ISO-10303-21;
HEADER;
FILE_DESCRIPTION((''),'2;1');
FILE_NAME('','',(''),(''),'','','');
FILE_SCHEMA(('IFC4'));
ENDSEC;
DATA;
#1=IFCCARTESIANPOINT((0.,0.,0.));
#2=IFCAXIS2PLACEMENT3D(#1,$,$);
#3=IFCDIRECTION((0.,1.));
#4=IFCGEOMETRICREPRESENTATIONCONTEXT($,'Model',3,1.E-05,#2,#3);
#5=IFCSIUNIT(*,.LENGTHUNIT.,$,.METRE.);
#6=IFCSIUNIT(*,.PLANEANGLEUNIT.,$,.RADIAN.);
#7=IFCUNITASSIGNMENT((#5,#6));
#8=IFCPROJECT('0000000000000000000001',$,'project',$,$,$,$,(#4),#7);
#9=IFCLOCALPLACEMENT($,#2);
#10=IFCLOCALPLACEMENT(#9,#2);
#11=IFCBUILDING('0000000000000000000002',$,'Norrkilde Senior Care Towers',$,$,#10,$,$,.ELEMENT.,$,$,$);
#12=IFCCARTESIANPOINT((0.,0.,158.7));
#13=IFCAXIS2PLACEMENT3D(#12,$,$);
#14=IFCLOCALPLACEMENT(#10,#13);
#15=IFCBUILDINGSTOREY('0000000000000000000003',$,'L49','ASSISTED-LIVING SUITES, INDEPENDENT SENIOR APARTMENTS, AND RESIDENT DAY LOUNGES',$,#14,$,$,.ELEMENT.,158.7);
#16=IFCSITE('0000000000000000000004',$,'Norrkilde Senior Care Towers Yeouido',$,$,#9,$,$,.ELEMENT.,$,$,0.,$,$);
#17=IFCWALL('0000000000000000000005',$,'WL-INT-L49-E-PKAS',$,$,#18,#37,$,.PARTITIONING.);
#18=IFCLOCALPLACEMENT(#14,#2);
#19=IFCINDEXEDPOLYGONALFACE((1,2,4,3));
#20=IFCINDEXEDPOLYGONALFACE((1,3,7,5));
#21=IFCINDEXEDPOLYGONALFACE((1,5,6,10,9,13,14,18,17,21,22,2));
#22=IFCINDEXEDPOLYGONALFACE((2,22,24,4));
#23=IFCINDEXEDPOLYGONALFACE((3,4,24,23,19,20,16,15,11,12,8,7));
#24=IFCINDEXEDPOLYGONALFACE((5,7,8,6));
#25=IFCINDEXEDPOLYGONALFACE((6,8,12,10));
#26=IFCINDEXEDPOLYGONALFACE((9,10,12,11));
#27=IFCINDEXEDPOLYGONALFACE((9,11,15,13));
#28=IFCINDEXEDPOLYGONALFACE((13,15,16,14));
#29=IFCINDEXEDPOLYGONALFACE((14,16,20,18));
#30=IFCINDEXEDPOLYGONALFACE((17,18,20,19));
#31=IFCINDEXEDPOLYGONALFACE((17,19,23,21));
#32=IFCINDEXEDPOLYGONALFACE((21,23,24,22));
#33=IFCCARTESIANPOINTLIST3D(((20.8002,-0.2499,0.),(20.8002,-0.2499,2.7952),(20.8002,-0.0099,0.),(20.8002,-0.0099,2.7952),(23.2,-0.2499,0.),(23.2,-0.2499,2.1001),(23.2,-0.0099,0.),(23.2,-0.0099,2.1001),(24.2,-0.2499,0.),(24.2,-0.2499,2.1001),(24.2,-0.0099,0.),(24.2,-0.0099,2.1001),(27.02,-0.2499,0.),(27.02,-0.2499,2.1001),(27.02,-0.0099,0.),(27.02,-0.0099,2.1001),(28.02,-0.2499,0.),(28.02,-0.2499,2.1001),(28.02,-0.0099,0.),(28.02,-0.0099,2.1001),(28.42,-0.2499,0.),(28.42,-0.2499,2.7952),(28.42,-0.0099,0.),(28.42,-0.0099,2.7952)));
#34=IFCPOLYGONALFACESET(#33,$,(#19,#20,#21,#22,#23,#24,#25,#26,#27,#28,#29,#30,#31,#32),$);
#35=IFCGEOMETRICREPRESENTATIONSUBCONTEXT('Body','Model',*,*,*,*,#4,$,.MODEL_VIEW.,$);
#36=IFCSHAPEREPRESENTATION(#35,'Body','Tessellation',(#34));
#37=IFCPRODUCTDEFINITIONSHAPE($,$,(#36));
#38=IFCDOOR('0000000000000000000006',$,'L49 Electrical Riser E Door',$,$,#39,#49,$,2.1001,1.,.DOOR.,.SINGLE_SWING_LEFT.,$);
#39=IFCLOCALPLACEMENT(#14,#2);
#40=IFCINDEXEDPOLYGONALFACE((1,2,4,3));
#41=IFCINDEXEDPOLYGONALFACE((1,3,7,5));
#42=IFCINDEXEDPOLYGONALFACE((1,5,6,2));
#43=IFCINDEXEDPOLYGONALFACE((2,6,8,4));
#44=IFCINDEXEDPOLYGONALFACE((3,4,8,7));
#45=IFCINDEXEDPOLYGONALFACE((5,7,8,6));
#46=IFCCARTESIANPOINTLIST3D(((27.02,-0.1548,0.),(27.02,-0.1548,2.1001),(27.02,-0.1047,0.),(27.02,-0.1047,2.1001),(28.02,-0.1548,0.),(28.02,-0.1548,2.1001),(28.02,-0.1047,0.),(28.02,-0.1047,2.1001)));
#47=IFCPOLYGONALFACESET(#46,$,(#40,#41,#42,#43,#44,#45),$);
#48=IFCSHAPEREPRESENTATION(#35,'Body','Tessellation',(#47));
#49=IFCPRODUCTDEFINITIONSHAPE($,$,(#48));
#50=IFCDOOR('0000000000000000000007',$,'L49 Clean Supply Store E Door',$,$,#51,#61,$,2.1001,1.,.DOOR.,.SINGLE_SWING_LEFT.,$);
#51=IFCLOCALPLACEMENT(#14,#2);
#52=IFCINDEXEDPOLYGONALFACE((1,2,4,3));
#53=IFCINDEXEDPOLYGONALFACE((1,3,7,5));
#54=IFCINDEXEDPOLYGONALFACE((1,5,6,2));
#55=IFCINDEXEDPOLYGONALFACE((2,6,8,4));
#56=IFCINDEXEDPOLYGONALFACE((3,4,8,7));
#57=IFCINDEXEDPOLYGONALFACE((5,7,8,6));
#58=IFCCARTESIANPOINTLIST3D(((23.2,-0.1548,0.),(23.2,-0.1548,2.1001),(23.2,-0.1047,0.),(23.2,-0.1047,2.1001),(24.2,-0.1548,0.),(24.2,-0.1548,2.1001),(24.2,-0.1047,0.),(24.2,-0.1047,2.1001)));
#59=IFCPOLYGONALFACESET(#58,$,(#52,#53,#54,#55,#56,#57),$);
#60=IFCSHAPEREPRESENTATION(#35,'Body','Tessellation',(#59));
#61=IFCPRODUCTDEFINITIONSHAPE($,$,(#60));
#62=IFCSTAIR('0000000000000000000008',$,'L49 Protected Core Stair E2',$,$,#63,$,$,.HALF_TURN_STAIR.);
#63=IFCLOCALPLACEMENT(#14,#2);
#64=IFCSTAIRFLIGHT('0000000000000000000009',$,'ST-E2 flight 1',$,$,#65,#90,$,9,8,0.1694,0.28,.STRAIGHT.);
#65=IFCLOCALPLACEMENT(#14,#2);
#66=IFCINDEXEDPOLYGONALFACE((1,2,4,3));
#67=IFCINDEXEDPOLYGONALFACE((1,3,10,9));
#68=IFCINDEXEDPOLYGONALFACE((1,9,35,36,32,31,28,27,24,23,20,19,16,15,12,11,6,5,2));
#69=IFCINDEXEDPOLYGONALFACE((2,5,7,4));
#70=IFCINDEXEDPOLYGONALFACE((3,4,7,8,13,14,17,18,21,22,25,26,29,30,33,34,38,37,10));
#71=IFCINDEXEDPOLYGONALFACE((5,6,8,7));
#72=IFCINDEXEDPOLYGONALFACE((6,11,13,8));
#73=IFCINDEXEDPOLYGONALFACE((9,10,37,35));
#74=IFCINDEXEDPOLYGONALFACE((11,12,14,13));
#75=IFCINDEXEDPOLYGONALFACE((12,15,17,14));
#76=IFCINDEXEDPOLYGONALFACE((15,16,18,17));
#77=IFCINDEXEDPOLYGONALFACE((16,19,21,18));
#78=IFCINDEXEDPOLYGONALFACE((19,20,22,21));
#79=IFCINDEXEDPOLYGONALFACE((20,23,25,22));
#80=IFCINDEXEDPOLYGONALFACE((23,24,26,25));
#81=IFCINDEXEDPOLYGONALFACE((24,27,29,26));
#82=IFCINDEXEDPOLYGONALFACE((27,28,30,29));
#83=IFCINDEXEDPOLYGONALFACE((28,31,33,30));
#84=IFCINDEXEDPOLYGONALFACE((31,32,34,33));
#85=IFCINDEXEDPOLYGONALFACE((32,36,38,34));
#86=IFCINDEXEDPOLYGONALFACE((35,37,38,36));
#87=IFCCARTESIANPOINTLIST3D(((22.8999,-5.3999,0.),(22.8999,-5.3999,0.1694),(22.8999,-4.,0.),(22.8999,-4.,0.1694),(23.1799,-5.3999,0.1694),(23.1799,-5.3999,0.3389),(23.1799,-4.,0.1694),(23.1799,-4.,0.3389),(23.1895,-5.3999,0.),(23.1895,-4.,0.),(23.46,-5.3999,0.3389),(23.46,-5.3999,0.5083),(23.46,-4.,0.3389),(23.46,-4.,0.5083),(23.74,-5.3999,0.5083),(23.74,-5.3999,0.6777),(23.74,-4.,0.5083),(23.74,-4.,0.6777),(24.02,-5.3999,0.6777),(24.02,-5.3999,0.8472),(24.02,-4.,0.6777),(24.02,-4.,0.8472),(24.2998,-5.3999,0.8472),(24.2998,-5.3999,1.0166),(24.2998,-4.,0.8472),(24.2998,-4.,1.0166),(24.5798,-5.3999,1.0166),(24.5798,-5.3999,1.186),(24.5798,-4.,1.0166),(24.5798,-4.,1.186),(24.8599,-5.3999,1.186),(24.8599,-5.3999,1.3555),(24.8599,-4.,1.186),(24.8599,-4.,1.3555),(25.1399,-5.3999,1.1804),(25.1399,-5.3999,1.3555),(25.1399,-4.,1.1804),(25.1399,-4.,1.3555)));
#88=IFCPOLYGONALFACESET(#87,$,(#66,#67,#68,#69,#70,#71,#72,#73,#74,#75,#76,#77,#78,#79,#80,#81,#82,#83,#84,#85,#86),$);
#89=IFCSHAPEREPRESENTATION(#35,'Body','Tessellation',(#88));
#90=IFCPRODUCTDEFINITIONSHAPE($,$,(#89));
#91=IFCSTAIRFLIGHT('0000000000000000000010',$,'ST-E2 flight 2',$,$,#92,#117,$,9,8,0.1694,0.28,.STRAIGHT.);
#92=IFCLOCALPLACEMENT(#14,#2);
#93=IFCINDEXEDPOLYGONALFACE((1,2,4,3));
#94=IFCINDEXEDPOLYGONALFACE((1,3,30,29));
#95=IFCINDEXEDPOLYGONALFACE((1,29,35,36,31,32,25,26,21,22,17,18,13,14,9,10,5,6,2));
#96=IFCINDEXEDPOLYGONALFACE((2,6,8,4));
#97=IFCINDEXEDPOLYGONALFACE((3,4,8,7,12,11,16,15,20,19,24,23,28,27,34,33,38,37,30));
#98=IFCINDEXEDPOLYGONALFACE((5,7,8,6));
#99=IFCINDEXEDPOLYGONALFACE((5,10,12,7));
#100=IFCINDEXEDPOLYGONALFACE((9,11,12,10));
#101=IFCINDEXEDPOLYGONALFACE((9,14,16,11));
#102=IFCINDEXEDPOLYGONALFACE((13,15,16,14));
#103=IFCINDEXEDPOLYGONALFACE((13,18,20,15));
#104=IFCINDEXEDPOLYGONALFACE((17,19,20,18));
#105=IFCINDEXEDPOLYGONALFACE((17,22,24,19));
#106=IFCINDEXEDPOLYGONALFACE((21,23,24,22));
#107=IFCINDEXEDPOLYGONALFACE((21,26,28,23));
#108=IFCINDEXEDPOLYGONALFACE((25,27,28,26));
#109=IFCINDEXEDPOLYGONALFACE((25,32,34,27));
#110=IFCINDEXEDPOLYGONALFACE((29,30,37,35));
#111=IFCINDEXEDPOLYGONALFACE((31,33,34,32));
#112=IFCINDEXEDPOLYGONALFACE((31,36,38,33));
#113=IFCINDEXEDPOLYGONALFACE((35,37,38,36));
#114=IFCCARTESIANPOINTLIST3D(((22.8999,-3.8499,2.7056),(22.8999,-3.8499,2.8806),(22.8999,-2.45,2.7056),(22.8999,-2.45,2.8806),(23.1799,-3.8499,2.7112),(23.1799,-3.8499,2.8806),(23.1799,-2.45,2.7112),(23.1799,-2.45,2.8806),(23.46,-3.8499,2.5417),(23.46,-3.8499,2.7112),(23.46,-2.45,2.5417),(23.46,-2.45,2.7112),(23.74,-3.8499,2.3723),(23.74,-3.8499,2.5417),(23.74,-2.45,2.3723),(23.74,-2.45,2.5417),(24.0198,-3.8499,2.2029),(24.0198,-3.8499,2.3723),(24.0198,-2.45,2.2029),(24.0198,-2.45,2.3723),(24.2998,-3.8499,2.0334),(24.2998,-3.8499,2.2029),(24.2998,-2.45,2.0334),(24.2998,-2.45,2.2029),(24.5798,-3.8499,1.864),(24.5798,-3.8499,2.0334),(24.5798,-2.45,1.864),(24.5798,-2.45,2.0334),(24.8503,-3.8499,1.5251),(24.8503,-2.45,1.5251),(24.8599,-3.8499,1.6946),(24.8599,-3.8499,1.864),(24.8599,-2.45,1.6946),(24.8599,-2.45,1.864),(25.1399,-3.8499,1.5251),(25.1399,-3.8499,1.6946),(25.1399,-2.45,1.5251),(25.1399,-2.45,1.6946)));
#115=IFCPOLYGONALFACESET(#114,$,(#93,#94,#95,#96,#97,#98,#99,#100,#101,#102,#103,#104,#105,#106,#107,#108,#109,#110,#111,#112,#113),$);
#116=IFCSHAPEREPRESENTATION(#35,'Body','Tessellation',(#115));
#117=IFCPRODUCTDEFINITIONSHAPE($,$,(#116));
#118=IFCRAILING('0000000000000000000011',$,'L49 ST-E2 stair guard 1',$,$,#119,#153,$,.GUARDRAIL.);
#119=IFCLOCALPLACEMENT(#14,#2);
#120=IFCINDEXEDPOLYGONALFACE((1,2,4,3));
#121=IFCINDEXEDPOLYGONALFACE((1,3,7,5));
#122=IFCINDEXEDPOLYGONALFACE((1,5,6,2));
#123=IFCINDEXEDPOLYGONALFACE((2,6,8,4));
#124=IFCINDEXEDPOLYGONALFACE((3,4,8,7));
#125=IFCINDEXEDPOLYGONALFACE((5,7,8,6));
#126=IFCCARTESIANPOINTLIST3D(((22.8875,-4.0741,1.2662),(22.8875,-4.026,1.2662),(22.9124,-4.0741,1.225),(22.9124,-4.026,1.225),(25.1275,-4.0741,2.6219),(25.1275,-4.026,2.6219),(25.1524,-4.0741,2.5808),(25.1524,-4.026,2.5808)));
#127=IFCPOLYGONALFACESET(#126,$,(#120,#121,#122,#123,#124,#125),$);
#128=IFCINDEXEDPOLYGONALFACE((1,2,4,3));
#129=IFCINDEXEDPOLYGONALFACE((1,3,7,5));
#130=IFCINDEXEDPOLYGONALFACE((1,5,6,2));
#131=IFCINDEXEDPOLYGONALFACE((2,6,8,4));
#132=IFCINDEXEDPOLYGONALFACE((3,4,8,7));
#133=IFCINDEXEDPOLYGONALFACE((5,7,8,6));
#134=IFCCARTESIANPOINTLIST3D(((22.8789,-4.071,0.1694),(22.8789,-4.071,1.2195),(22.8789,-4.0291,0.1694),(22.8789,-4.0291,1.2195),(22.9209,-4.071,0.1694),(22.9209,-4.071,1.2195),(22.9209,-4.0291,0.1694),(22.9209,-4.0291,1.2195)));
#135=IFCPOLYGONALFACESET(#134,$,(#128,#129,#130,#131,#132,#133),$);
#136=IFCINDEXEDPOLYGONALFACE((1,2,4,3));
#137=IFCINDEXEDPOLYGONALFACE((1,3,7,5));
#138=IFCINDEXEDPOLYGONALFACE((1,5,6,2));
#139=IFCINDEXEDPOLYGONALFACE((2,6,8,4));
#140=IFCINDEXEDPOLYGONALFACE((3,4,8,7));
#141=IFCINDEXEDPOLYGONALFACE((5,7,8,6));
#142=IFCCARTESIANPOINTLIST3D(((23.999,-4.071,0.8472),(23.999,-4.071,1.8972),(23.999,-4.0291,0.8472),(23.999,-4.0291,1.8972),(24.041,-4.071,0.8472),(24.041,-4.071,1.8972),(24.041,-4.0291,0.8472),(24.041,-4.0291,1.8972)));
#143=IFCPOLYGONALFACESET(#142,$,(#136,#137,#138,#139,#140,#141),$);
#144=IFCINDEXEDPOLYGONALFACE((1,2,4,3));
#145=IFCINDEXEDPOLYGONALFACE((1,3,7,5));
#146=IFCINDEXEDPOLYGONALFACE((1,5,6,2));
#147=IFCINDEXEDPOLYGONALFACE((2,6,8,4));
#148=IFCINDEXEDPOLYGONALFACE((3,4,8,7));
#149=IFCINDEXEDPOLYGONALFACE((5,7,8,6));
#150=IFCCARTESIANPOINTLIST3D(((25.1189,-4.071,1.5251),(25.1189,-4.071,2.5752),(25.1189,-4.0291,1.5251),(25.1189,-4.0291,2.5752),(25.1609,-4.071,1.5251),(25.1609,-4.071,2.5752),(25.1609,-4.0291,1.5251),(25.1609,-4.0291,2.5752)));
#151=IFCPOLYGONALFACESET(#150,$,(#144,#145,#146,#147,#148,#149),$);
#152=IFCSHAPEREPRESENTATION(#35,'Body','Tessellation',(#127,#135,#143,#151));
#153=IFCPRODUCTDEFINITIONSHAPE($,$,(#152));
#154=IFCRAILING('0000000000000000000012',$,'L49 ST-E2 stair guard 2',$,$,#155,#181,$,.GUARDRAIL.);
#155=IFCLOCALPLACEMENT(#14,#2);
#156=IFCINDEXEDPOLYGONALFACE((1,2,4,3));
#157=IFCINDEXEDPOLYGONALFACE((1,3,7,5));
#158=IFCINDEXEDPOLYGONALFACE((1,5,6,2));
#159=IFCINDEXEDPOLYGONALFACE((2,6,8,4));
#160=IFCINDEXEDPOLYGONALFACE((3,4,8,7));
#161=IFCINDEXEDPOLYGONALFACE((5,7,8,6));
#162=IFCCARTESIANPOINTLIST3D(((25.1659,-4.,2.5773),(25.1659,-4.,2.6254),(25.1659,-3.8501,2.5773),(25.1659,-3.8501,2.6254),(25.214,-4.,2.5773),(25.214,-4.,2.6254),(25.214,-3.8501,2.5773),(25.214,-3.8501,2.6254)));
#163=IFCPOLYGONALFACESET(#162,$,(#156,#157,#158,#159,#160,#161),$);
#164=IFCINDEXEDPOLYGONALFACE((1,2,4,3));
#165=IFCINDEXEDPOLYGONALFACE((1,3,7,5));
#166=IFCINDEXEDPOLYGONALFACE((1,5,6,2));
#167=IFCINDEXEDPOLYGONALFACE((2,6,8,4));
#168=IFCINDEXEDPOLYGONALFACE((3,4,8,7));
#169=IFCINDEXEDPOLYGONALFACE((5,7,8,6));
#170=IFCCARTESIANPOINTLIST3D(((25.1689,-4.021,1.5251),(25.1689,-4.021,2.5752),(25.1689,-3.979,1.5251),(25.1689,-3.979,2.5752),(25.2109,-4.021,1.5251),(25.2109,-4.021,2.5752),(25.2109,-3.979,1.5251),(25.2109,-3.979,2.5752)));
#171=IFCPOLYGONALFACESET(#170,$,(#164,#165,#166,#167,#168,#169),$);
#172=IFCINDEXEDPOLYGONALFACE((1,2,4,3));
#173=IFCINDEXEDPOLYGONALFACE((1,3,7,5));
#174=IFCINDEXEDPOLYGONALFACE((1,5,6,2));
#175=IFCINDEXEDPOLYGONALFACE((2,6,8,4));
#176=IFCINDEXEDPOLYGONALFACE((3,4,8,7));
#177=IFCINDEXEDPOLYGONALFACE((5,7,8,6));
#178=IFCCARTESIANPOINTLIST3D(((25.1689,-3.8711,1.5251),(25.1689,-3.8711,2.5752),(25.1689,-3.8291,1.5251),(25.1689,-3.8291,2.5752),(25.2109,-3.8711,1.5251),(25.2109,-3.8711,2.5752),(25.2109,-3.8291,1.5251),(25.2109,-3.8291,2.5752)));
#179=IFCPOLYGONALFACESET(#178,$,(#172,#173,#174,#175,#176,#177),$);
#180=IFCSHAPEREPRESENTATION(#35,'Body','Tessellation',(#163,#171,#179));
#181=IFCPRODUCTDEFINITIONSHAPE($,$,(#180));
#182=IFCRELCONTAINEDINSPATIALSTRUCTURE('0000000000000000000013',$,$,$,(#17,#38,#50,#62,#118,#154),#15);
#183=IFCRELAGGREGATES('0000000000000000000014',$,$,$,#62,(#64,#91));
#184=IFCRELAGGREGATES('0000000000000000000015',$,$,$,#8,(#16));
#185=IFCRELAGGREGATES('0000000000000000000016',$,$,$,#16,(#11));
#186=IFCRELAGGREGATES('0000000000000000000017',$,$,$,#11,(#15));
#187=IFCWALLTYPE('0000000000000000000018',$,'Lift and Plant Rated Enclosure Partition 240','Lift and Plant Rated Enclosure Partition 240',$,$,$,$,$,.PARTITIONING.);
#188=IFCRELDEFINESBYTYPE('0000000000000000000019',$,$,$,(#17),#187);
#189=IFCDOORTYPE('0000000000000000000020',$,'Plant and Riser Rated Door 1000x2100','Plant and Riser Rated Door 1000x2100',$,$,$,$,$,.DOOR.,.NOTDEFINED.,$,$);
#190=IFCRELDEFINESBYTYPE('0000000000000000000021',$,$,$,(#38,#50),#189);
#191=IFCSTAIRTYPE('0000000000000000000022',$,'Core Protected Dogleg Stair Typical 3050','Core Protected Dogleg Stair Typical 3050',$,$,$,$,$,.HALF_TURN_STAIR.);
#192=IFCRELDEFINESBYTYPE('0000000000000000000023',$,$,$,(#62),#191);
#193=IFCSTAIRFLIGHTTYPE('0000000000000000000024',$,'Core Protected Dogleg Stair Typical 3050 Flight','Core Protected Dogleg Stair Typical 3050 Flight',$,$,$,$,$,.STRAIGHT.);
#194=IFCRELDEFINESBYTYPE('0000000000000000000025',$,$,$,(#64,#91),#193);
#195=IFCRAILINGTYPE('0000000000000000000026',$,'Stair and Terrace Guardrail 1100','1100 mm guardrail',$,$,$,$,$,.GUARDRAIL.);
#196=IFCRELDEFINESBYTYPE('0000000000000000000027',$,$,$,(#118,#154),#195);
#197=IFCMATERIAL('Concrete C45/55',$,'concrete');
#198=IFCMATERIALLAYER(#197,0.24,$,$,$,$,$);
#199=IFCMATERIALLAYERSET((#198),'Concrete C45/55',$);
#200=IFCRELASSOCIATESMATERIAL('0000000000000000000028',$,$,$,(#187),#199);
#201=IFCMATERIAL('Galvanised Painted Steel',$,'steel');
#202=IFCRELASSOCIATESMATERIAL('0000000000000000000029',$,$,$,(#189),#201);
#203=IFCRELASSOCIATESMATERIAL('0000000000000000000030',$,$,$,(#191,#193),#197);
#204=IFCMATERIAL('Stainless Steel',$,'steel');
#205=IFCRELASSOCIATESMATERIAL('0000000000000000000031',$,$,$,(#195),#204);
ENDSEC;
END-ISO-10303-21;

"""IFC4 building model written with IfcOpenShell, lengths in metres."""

from ifc_helpers import new_model, si_unit, direction, frame, frame_2d, origin, origin_2d, place, context, subcontext, project, spatial, polyline, rectangle, outline, extrude, source, transform, mapped, material, layer, layer_set, type_object, type_shapes, element, fill, aggregate, save


model = new_model("IFC4")

# Units and contexts
model_context = context("Model", 3, precision=1e-05, world=origin(), true_north=direction((0.0, 1.0)))
body_context = subcontext(model_context, "Body", "Model", "MODEL_VIEW")
ifc_project = project(units=[si_unit("LENGTHUNIT", "METRE"), si_unit("PLANEANGLEUNIT", "RADIAN")], contexts=[model_context])

# Site, building, storey
site_placement = place(None, origin())
site = spatial("IfcSite", under=ifc_project, at=site_placement, Name="Norrkilde Senior Care Towers Yeouido", CompositionType="ELEMENT", RefElevation=0.0)
building_placement = place(site_placement, origin())
building = spatial("IfcBuilding", under=site, at=building_placement, Name="Norrkilde Senior Care Towers", CompositionType="ELEMENT")
storey_placement = place(building_placement, frame((0.0, 0.0, 158.7)))
storey = spatial("IfcBuildingStorey", under=building, at=storey_placement, Name="L49", Description="ASSISTED-LIVING SUITES, INDEPENDENT SENIOR APARTMENTS, AND RESIDENT DAY LOUNGES", CompositionType="ELEMENT", Elevation=158.7)

# Shared definitions
ifc_material_1 = material(Name="Galvanised Painted Steel", Category="steel")
ifc_material_2 = material(Name="Concrete C45/55", Category="concrete")

# Wall, openings, doors
ifc_layer_1 = layer(ifc_material_2, 0.24)
ifc_layer_set_1 = layer_set([ifc_layer_1], Name="Concrete C45/55")
wall_type_1 = type_object("IfcWallType", Name="Lift and Plant Rated Enclosure Partition 240", Description="Lift and Plant Rated Enclosure Partition 240", PredefinedType="PARTITIONING", material=ifc_layer_set_1)
shared_shape_1 = source(origin(), body_context, "Body", "SweptSolid", [
    extrude(rectangle(XDim=7.6199, YDim=0.24, at=frame_2d((3.8101, 0.0))), origin(), (0.0, 0.0, 1.0), 2.7952),
])
type_shapes(wall_type_1, [shared_shape_1])
wall_1_placement = place(storey_placement, frame((20.8, -0.1299, 0.0), z_axis=(0.0, 0.0, 1.0), x_axis=(1.0, 0.0, 0.0)))
wall_1 = element("IfcWall", 1, at=wall_1_placement, inside=storey, type_object=wall_type_1, Name="WL-INT-L49-E-PKAS", PredefinedType="PARTITIONING", context=body_context, shape_type="MappedRepresentation", body=[
    mapped(shared_shape_1, transform((0.0, 0.0, 0.0), x_axis=(1.0, 0.0, 0.0), y_axis=(0.0, 1.0, 0.0), z_axis=(0.0, 0.0, 1.0), scale=1.0)),
])
opening_1_placement = place(wall_1_placement, frame((6.22, 0.0, 0.0)))
opening_1 = element("IfcOpeningElement", 2, at=opening_1_placement, cuts=wall_1, PredefinedType="OPENING", context=body_context, shape_type="SweptSolid", body=[
    extrude(rectangle(XDim=1.0, YDim=2.1001, at=frame_2d((0.5, 1.05))), frame((0.0, 0.1299, 0.0), z_axis=(0.0, -1.0, 0.0), x_axis=(1.0, 0.0, 0.0)), (0.0, 0.0, 1.0), 0.26),
])
opening_2_placement = place(wall_1_placement, frame((2.3999, 0.0, 0.0)))
opening_2 = element("IfcOpeningElement", 3, at=opening_2_placement, cuts=wall_1, PredefinedType="OPENING", context=body_context, shape_type="SweptSolid", body=[
    extrude(rectangle(XDim=1.0, YDim=2.1001, at=frame_2d((0.5, 1.05))), frame((0.0, 0.1299, 0.0), z_axis=(0.0, -1.0, 0.0), x_axis=(1.0, 0.0, 0.0)), (0.0, 0.0, 1.0), 0.26),
])
door_type_1 = type_object("IfcDoorType", Name="Plant and Riser Rated Door 1000x2100", Description="Plant and Riser Rated Door 1000x2100", OperationType="NOTDEFINED", PredefinedType="DOOR", material=ifc_material_1)
shared_shape_2 = source(origin(), body_context, "Body", "SweptSolid", [
    extrude(rectangle(XDim=1.0, YDim=2.1001, at=frame_2d((0.5, 1.05))), frame((0.0, 0.0249, 0.0), z_axis=(0.0, -1.0, 0.0), x_axis=(1.0, 0.0, 0.0)), (0.0, 0.0, 1.0), 0.05),
])
type_shapes(door_type_1, [shared_shape_2])
door_1_placement = place(opening_1_placement, frame((1.0, 0.0, 0.0), z_axis=(0.0, 0.0, 1.0), x_axis=(-1.0, 0.0, 0.0)))
door_1 = element("IfcDoor", 4, at=door_1_placement, inside=storey, type_object=door_type_1, Name="L49 Electrical Riser E Door", OperationType="SINGLE_SWING_LEFT", OverallHeight=2.1001, OverallWidth=1.0, PredefinedType="DOOR", context=body_context, shape_type="MappedRepresentation", body=[
    mapped(shared_shape_2, transform((0.0, 0.0, 0.0), x_axis=(1.0, 0.0, 0.0), y_axis=(0.0, 1.0, 0.0), z_axis=(0.0, 0.0, 1.0), scale=1.0)),
])
fill(opening_1, door_1)
door_2_placement = place(opening_2_placement, frame((1.0, 0.0, 0.0), z_axis=(0.0, 0.0, 1.0), x_axis=(-1.0, 0.0, 0.0)))
door_2 = element("IfcDoor", 5, at=door_2_placement, inside=storey, type_object=door_type_1, Name="L49 Clean Supply Store E Door", OperationType="SINGLE_SWING_LEFT", OverallHeight=2.1001, OverallWidth=1.0, PredefinedType="DOOR", context=body_context, shape_type="MappedRepresentation", body=[
    mapped(shared_shape_2, transform((0.0, 0.0, 0.0), x_axis=(1.0, 0.0, 0.0), y_axis=(0.0, 1.0, 0.0), z_axis=(0.0, 0.0, 1.0), scale=1.0)),
])
fill(opening_2, door_2)

# Stair, stair flights
stair_type = type_object("IfcStairType", Name="Core Protected Dogleg Stair Typical 3050", Description="Core Protected Dogleg Stair Typical 3050", PredefinedType="HALF_TURN_STAIR", material=ifc_material_2)
stair_placement = place(storey_placement, origin())
stair = element("IfcStair", 6, at=stair_placement, inside=storey, type_object=stair_type, Name="L49 Protected Core Stair E2", PredefinedType="HALF_TURN_STAIR")
stair_flight_type = type_object("IfcStairFlightType", Name="Core Protected Dogleg Stair Typical 3050 Flight", Description="Core Protected Dogleg Stair Typical 3050 Flight", PredefinedType="STRAIGHT", material=ifc_material_2)
stair_flight_1_placement = place(storey_placement, frame((22.8999, -4.7, 0.0), z_axis=(0.0, 0.0, 1.0), x_axis=(1.0, 0.0, 0.0)))
stair_flight_1 = element("IfcStairFlight", 7, at=stair_flight_1_placement, type_object=stair_flight_type, Name="ST-E2 flight 1", NumberOfRisers=9, NumberOfTreads=8, PredefinedType="STRAIGHT", RiserHeight=0.1694, TreadLength=0.28, context=body_context, shape_type="SweptSolid", body=[
    extrude(outline(polyline([(0.0, 0.0), (0.0, 0.1694), (0.28, 0.1694), (0.28, 0.3389), (0.5601, 0.3389), (0.5601, 0.5083), (0.8401, 0.5083), (0.8401, 0.6777), (1.1201, 0.6777), (1.1201, 0.8472), (1.3999, 0.8472), (1.3999, 1.0166), (1.6799, 1.0166), (1.6799, 1.186), (1.96, 1.186), (1.96, 1.3555), (2.24, 1.3555), (2.24, 1.5249), (2.24, 1.1804), (0.2896, 0.0), (0.0, 0.0)])), frame((0.0, 0.7, 0.0), z_axis=(0.0, -1.0, 0.0), x_axis=(1.0, 0.0, 0.0)), (0.0, 0.0, 1.0), 1.3999),
])
stair_flight_2_placement = place(storey_placement, frame((25.1399, -3.1499, 1.5251), z_axis=(0.0, 0.0, 1.0), x_axis=(-1.0, 0.0, 0.0)))
stair_flight_2 = element("IfcStairFlight", 8, at=stair_flight_2_placement, type_object=stair_flight_type, Name="ST-E2 flight 2", NumberOfRisers=9, NumberOfTreads=8, PredefinedType="STRAIGHT", RiserHeight=0.1694, TreadLength=0.28, context=body_context, shape_type="SweptSolid", body=[
    extrude(outline(polyline([(0.0, 0.0), (0.0, 0.1694), (0.28, 0.1694), (0.28, 0.3389), (0.5601, 0.3389), (0.5601, 0.5083), (0.8401, 0.5083), (0.8401, 0.6777), (1.1201, 0.6777), (1.1201, 0.8472), (1.3999, 0.8472), (1.3999, 1.0166), (1.6799, 1.0166), (1.6799, 1.186), (1.96, 1.186), (1.96, 1.3555), (2.24, 1.3555), (2.24, 1.5249), (2.24, 1.1804), (0.2896, 0.0), (0.0, 0.0)])), frame((0.0, 0.7, 0.0), z_axis=(0.0, -1.0, 0.0), x_axis=(1.0, 0.0, 0.0)), (0.0, 0.0, 1.0), 1.3999),
])
aggregate(stair, [stair_flight_1, stair_flight_2])

# Railings
ifc_material_3 = material(Name="Stainless Steel", Category="steel")
railing_type_1 = type_object("IfcRailingType", Name="Stair and Terrace Guardrail 1100", Description="1100 mm guardrail", PredefinedType="GUARDRAIL", material=ifc_material_3)
railing_1_placement = place(storey_placement, frame((22.8999, -4.05, 0.1694)))
element("IfcRailing", 9, at=railing_1_placement, inside=storey, type_object=railing_type_1, Name="L49 ST-E2 stair guard 1", PredefinedType="GUARDRAIL", context=body_context, shape_type="SweptSolid", body=[
    extrude(rectangle(XDim=0.0481, YDim=0.0481, at=origin_2d()), frame((0.0, 0.0, 1.0762), z_axis=(0.855512, 0.0, 0.517783), x_axis=(0.0, 1.0, 0.0)), (0.0, 0.0, 1.0), 2.6184),
    extrude(rectangle(XDim=0.042, YDim=0.042, at=origin_2d()), origin(), (0.0, 0.0, 1.0), 1.05),
    extrude(rectangle(XDim=0.042, YDim=0.042, at=origin_2d()), frame((1.1201, 0.0, 0.6777)), (0.0, 0.0, 1.0), 1.05),
    extrude(rectangle(XDim=0.042, YDim=0.042, at=origin_2d()), frame((2.24, 0.0, 1.3557)), (0.0, 0.0, 1.0), 1.05),
])
railing_2_placement = place(storey_placement, frame((25.1899, -4.0, 1.5251)))
element("IfcRailing", 10, at=railing_2_placement, inside=storey, type_object=railing_type_1, Name="L49 ST-E2 stair guard 2", PredefinedType="GUARDRAIL", context=body_context, shape_type="SweptSolid", body=[
    extrude(rectangle(XDim=0.0481, YDim=0.0481, at=origin_2d()), frame((0.0, 0.0, 1.0762), z_axis=(0.0, 1.0, 0.0), x_axis=(-1.0, 0.0, 0.0)), (0.0, 0.0, 1.0), 0.1499),
    extrude(rectangle(XDim=0.042, YDim=0.042, at=origin_2d()), origin(), (0.0, 0.0, 1.0), 1.05),
    extrude(rectangle(XDim=0.042, YDim=0.042, at=origin_2d()), frame((0.0, 0.1499, 0.0)), (0.0, 0.0, 1.0), 1.05),
])

save(model, "model.ifc")
